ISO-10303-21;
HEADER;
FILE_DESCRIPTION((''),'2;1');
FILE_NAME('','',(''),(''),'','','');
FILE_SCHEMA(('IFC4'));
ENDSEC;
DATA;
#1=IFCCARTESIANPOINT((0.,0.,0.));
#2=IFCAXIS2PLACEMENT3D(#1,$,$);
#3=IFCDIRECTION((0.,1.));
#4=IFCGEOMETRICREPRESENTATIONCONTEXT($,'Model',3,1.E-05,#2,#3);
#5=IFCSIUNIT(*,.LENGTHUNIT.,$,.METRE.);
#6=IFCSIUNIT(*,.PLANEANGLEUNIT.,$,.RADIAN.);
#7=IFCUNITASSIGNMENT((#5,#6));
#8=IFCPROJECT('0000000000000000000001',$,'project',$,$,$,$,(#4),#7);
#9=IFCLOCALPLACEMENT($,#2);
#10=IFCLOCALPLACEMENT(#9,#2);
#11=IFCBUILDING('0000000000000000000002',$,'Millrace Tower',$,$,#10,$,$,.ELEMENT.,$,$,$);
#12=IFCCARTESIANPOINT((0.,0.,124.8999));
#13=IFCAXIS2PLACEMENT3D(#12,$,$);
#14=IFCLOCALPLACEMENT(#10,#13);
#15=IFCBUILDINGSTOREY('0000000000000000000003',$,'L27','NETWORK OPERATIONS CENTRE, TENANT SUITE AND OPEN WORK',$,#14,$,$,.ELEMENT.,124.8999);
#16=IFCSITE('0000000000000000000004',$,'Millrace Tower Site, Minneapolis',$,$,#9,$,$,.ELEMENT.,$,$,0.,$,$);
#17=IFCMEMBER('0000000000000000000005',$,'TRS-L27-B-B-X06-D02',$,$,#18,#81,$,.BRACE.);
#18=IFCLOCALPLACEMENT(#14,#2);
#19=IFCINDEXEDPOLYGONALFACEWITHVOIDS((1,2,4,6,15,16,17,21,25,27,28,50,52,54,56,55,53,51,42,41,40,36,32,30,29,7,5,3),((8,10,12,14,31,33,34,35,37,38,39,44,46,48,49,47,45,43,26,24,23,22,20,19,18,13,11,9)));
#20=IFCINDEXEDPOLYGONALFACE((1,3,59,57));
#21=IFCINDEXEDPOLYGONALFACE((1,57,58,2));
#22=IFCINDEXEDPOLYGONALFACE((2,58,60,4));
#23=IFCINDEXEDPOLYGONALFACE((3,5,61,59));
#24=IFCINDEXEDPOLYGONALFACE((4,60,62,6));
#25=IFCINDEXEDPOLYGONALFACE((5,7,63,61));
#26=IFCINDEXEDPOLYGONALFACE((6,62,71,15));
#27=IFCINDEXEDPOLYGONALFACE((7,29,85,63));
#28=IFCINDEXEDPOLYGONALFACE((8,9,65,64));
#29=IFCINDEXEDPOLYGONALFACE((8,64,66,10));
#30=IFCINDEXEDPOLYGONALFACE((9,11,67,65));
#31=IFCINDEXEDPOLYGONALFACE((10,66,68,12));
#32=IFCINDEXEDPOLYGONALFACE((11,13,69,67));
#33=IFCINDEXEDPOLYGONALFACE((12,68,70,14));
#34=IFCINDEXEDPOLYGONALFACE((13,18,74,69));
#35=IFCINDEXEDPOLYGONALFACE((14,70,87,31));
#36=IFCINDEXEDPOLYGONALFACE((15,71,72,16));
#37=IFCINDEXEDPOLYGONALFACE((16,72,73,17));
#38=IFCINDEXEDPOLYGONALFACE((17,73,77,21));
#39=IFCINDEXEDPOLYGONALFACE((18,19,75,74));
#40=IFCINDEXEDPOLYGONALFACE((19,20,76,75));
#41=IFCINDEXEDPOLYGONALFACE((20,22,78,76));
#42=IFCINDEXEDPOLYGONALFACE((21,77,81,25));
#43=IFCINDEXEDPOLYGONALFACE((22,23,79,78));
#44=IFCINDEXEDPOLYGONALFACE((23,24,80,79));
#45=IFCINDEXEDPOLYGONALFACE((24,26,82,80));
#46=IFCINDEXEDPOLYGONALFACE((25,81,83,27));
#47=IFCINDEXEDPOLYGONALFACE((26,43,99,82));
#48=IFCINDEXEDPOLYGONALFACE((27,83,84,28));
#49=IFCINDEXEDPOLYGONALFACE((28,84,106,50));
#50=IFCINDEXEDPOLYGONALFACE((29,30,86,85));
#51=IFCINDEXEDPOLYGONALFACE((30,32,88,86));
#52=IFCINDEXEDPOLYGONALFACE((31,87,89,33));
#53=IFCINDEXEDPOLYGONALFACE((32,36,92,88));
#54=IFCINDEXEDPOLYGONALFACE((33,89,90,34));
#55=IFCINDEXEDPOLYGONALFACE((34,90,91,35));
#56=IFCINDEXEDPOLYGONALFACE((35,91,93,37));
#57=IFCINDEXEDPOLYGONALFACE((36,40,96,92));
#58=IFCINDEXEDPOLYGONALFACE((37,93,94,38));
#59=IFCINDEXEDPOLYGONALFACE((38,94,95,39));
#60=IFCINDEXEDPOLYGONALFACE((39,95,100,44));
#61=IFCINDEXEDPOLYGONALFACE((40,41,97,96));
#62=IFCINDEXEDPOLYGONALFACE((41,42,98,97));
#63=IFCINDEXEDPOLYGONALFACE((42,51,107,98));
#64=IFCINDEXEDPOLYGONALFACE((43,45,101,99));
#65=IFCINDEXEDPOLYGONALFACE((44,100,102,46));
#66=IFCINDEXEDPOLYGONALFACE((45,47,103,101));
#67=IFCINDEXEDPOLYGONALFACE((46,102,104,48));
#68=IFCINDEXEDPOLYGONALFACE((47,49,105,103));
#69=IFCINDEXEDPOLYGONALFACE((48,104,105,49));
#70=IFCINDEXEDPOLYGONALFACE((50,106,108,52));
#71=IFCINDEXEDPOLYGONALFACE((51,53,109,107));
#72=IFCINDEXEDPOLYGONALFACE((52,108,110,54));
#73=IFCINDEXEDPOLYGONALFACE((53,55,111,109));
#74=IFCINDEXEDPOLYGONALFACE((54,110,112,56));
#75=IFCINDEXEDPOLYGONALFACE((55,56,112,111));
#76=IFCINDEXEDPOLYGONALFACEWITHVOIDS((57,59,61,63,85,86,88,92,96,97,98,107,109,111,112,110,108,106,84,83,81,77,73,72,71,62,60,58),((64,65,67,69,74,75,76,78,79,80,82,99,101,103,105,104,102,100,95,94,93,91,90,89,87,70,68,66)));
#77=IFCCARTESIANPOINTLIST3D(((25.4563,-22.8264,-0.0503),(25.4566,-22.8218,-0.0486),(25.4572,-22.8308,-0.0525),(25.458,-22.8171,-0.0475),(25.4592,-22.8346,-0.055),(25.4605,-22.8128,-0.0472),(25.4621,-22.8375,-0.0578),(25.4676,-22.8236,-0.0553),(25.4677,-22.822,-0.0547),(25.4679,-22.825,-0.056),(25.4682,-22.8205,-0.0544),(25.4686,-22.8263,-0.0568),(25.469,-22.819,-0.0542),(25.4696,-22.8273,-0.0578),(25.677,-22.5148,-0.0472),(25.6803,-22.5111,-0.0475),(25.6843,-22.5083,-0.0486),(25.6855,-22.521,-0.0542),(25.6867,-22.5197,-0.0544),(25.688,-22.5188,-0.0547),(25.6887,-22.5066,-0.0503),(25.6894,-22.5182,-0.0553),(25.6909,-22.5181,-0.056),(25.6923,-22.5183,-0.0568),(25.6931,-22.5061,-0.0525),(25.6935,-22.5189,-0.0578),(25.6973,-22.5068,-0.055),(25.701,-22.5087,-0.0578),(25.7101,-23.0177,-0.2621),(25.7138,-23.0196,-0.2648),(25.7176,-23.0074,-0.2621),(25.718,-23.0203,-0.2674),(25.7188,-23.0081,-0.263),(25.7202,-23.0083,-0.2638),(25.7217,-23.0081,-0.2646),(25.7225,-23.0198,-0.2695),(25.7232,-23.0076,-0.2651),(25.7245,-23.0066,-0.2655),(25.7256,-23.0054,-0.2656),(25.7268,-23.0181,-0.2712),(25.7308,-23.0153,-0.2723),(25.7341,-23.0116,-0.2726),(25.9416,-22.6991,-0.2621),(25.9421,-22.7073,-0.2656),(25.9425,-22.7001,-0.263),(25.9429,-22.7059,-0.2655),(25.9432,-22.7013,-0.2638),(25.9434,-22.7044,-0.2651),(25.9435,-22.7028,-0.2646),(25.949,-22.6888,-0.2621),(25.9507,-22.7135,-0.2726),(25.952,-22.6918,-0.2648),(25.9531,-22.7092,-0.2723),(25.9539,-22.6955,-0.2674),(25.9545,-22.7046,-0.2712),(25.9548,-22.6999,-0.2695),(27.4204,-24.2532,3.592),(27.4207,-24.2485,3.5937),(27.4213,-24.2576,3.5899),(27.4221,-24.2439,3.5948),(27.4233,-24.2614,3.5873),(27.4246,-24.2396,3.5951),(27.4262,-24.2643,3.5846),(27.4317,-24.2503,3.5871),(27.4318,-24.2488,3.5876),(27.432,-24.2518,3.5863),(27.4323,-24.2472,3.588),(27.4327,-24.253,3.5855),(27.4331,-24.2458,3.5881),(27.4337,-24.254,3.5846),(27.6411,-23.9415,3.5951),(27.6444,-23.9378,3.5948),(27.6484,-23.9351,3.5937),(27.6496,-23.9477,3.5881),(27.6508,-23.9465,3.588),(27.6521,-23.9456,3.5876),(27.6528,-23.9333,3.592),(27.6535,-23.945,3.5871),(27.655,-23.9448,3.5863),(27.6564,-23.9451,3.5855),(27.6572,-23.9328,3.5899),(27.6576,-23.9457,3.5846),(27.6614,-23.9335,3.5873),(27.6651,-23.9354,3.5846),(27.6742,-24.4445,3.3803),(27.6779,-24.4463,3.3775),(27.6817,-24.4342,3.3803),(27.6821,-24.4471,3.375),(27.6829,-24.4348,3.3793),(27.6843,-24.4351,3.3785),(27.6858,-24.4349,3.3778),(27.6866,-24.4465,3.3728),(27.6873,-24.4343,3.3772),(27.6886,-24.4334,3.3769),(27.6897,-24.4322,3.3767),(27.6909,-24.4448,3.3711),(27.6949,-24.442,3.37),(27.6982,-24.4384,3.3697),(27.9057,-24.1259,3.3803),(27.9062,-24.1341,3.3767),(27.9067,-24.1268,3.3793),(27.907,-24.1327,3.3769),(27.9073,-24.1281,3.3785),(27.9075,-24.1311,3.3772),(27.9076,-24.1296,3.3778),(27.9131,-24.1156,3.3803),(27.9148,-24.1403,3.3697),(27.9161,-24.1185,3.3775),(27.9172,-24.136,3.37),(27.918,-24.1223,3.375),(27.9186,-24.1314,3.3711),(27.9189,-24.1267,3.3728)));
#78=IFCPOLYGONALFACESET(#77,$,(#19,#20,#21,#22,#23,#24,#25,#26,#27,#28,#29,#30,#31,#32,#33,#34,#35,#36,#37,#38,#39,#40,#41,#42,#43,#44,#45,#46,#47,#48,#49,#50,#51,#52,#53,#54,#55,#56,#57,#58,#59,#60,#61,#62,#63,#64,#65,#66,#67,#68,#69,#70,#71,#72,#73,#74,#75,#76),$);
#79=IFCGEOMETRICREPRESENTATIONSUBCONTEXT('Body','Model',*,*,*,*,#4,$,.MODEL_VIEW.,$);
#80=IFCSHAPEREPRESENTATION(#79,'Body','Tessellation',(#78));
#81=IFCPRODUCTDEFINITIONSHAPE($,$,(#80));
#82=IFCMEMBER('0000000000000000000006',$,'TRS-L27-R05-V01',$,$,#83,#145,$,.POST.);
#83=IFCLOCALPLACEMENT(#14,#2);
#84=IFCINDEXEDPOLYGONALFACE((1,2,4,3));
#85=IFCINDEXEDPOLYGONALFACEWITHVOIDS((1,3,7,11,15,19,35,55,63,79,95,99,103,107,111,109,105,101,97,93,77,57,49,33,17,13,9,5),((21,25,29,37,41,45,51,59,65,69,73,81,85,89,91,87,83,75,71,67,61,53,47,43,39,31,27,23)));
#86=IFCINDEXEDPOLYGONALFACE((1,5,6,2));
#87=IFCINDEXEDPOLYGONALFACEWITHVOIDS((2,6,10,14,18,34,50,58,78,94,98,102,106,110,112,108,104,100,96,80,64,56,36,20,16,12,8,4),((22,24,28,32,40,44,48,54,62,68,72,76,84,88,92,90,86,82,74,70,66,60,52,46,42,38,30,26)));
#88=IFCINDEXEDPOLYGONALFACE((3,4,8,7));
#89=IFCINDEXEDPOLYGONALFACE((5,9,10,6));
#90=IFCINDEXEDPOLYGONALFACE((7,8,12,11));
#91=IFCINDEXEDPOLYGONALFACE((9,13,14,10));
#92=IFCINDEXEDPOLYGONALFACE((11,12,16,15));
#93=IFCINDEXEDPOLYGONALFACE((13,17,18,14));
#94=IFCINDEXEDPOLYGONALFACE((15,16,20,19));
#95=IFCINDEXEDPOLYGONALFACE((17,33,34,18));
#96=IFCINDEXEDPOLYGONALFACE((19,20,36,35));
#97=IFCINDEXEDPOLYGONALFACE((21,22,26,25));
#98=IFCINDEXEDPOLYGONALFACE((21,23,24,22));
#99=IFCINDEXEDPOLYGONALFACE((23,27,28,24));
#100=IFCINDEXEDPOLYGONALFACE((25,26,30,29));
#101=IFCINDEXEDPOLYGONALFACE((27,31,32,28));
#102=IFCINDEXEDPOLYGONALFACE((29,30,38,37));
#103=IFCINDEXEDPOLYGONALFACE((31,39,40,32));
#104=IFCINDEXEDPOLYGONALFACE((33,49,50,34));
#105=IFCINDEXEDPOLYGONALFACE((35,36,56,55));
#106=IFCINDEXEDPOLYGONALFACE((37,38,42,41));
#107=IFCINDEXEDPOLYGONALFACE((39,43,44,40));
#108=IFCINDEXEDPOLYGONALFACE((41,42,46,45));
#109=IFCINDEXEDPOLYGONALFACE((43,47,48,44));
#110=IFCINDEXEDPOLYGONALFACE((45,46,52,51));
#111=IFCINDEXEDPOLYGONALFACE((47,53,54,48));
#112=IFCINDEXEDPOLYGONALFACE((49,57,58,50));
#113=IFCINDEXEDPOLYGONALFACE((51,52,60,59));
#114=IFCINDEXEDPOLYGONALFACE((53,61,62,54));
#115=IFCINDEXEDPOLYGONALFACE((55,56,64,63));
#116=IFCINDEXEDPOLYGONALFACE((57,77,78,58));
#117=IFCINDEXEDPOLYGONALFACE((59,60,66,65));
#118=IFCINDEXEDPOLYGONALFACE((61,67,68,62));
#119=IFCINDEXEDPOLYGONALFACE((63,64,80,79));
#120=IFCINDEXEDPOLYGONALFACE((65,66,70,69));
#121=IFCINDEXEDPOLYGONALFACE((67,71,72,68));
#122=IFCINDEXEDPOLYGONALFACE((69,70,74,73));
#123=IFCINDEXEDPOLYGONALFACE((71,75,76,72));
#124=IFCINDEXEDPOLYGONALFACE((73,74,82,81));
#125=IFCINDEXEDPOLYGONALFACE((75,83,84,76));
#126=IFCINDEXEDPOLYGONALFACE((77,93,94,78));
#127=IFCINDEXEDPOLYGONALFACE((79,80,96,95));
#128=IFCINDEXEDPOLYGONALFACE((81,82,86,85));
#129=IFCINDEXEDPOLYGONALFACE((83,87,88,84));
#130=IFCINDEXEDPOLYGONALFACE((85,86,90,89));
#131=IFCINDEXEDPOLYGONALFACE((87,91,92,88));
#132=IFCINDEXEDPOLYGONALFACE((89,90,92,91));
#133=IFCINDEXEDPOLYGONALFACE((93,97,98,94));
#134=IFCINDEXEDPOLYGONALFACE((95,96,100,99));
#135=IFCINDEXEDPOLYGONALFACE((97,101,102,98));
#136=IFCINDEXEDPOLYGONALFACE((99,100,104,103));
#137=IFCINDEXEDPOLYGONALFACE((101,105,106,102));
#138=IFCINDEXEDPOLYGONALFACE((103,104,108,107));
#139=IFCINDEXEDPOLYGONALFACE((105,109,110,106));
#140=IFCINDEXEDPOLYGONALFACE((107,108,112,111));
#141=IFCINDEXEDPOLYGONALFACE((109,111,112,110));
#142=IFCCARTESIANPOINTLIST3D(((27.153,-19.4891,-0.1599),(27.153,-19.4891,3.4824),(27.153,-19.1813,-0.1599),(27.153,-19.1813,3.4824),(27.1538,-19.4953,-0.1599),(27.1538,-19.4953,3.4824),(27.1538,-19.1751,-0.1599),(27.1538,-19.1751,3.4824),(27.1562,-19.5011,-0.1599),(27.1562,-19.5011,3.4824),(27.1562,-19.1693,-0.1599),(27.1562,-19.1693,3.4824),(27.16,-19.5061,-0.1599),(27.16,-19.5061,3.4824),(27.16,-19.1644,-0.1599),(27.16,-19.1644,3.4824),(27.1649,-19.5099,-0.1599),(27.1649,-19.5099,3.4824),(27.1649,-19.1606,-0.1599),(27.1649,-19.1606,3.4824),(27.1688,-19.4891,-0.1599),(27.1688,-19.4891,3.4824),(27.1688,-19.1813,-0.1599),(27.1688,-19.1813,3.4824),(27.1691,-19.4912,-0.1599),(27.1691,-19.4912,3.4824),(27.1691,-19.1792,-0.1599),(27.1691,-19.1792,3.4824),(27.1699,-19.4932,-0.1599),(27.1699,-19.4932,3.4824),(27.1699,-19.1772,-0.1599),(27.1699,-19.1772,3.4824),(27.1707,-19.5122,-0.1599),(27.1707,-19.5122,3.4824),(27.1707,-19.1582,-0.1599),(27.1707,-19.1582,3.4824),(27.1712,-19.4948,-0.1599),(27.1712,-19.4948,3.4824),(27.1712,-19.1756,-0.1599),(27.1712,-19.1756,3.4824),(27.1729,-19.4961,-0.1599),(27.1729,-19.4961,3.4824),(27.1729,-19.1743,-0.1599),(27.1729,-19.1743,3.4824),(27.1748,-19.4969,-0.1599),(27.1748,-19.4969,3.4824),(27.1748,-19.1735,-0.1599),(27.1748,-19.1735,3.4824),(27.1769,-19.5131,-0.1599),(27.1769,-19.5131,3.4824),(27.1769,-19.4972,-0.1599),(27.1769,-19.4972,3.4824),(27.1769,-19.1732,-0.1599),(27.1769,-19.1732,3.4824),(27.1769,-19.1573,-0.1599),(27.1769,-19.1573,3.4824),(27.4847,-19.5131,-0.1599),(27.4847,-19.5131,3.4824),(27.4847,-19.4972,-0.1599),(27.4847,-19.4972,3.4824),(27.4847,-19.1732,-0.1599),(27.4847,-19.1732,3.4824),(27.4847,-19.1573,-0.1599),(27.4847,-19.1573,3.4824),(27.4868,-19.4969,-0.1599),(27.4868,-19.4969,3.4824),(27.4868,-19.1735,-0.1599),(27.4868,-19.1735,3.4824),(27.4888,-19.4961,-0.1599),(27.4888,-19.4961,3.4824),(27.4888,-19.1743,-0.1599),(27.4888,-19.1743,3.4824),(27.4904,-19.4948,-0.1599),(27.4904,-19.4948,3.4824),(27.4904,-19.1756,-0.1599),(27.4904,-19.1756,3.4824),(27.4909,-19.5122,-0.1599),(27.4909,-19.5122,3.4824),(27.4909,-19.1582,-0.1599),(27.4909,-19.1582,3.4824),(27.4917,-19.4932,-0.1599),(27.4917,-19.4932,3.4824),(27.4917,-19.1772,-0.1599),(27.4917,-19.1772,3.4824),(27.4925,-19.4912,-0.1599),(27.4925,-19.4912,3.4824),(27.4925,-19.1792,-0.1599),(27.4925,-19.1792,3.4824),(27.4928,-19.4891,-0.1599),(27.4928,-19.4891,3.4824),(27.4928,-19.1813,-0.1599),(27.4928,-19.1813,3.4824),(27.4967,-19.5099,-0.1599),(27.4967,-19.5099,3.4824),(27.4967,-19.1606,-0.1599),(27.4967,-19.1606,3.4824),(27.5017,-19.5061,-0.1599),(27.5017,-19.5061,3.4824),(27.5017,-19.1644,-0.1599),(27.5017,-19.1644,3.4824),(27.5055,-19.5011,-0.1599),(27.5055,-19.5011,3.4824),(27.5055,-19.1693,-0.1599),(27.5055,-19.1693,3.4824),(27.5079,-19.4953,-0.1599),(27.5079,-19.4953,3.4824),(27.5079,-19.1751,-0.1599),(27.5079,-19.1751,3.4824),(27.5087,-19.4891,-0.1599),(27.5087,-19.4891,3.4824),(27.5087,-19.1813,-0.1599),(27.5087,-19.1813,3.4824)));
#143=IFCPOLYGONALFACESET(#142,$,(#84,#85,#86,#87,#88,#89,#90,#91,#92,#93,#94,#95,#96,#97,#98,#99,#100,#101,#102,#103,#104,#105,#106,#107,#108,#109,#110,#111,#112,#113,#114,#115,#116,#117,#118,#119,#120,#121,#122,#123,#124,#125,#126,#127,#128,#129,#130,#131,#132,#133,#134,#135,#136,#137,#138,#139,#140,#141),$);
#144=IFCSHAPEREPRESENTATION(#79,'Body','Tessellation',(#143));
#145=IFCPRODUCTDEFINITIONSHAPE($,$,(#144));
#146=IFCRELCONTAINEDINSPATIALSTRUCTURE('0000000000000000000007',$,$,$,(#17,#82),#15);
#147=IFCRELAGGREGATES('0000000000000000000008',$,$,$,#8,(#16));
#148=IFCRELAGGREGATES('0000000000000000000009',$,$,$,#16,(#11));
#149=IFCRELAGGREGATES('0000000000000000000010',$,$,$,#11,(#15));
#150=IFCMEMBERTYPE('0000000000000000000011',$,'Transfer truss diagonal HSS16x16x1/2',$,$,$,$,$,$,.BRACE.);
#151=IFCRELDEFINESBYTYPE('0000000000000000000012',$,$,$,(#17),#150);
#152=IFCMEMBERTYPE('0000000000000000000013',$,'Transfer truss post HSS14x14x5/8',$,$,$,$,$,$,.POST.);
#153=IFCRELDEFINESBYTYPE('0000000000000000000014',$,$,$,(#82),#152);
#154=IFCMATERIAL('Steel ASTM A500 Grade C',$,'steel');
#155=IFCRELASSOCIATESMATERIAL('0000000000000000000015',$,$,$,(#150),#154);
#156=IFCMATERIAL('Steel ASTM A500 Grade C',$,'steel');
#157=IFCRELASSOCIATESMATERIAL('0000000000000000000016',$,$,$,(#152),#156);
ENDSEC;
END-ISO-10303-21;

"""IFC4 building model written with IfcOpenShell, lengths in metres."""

from ifc_helpers import new_model, si_unit, direction, frame, origin, origin_2d, place, context, subcontext, project, spatial, hollow_rectangle, extrude, material, material_profile, profile_set, type_object, element, save


model = new_model("IFC4")

# Units and contexts
model_context = context("Model", 3, precision=1e-05, world=origin(), true_north=direction((0.0, 1.0)))
body_context = subcontext(model_context, "Body", "Model", "MODEL_VIEW")
ifc_project = project(units=[si_unit("LENGTHUNIT", "METRE"), si_unit("PLANEANGLEUNIT", "RADIAN")], contexts=[model_context])

# Site, building, storey
site_placement = place(None, origin())
site = spatial("IfcSite", under=ifc_project, at=site_placement, Name="Millrace Tower Site, Minneapolis", CompositionType="ELEMENT", RefElevation=0.0)
building_placement = place(site_placement, origin())
building = spatial("IfcBuilding", under=site, at=building_placement, Name="Millrace Tower", CompositionType="ELEMENT")
storey_placement = place(building_placement, frame((0.0, 0.0, 124.8999)))
storey = spatial("IfcBuildingStorey", under=building, at=storey_placement, Name="L27", Description="NETWORK OPERATIONS CENTRE, TENANT SUITE AND OPEN WORK", CompositionType="ELEMENT", Elevation=124.8999)

# Members
ifc_material_1 = material(Name="Steel ASTM A500 Grade C", Category="steel")
ifc_material_profile_1 = material_profile(ifc_material_1, hollow_rectangle(XDim=0.4065, YDim=0.4065, WallThickness=0.0127, InnerFilletRadius=0.0063, OuterFilletRadius=0.019, at=origin_2d()))
ifc_profile_set_1 = profile_set([ifc_material_profile_1], Name="Steel ASTM A500 Grade C")
member_type_1 = type_object("IfcMemberType", Name="Transfer truss diagonal HSS16x16x1/2", PredefinedType="BRACE", material=ifc_profile_set_1)
for number, where, z_axis, x_axis, name in (
    (1, (25.7056, -22.7632, -0.1599), (0.448713, -0.325951, 0.832113), (0.587717, 0.809066, 0.0), "TRS-L27-B-B-X06-D02"),
):
    element("IfcMember", number, at=place(storey_placement, frame(where, z_axis=z_axis, x_axis=x_axis)), inside=storey, type_object=member_type_1, Name=name, PredefinedType="BRACE", context=body_context, shape_type="SweptSolid", body=[
        extrude(hollow_rectangle(XDim=0.4065, YDim=0.4065, WallThickness=0.0127, InnerFilletRadius=0.0063, OuterFilletRadius=0.019, at=origin_2d()), origin(), (0.0, 0.0, 1.0), 4.3772),
    ])
ifc_material_2 = material(Name="Steel ASTM A500 Grade C", Category="steel")
ifc_material_profile_2 = material_profile(ifc_material_2, hollow_rectangle(XDim=0.3557, YDim=0.3557, WallThickness=0.0159, InnerFilletRadius=0.0081, OuterFilletRadius=0.0239, at=origin_2d()))
ifc_profile_set_2 = profile_set([ifc_material_profile_2], Name="Steel ASTM A500 Grade C")
member_type_2 = type_object("IfcMemberType", Name="Transfer truss post HSS14x14x5/8", PredefinedType="POST", material=ifc_profile_set_2)
for number, where, z_axis, x_axis, name in (
    (2, (27.3308, -19.3352, -0.1599), (0.0, 0.0, 1.0), (1.0, 0.0, 0.0), "TRS-L27-R05-V01"),
):
    element("IfcMember", number, at=place(storey_placement, frame(where, z_axis=z_axis, x_axis=x_axis)), inside=storey, type_object=member_type_2, Name=name, PredefinedType="POST", context=body_context, shape_type="SweptSolid", body=[
        extrude(hollow_rectangle(XDim=0.3557, YDim=0.3557, WallThickness=0.0159, InnerFilletRadius=0.0081, OuterFilletRadius=0.0239, at=origin_2d()), origin(), (0.0, 0.0, 1.0), 3.6423),
    ])

save(model, "model.ifc")
